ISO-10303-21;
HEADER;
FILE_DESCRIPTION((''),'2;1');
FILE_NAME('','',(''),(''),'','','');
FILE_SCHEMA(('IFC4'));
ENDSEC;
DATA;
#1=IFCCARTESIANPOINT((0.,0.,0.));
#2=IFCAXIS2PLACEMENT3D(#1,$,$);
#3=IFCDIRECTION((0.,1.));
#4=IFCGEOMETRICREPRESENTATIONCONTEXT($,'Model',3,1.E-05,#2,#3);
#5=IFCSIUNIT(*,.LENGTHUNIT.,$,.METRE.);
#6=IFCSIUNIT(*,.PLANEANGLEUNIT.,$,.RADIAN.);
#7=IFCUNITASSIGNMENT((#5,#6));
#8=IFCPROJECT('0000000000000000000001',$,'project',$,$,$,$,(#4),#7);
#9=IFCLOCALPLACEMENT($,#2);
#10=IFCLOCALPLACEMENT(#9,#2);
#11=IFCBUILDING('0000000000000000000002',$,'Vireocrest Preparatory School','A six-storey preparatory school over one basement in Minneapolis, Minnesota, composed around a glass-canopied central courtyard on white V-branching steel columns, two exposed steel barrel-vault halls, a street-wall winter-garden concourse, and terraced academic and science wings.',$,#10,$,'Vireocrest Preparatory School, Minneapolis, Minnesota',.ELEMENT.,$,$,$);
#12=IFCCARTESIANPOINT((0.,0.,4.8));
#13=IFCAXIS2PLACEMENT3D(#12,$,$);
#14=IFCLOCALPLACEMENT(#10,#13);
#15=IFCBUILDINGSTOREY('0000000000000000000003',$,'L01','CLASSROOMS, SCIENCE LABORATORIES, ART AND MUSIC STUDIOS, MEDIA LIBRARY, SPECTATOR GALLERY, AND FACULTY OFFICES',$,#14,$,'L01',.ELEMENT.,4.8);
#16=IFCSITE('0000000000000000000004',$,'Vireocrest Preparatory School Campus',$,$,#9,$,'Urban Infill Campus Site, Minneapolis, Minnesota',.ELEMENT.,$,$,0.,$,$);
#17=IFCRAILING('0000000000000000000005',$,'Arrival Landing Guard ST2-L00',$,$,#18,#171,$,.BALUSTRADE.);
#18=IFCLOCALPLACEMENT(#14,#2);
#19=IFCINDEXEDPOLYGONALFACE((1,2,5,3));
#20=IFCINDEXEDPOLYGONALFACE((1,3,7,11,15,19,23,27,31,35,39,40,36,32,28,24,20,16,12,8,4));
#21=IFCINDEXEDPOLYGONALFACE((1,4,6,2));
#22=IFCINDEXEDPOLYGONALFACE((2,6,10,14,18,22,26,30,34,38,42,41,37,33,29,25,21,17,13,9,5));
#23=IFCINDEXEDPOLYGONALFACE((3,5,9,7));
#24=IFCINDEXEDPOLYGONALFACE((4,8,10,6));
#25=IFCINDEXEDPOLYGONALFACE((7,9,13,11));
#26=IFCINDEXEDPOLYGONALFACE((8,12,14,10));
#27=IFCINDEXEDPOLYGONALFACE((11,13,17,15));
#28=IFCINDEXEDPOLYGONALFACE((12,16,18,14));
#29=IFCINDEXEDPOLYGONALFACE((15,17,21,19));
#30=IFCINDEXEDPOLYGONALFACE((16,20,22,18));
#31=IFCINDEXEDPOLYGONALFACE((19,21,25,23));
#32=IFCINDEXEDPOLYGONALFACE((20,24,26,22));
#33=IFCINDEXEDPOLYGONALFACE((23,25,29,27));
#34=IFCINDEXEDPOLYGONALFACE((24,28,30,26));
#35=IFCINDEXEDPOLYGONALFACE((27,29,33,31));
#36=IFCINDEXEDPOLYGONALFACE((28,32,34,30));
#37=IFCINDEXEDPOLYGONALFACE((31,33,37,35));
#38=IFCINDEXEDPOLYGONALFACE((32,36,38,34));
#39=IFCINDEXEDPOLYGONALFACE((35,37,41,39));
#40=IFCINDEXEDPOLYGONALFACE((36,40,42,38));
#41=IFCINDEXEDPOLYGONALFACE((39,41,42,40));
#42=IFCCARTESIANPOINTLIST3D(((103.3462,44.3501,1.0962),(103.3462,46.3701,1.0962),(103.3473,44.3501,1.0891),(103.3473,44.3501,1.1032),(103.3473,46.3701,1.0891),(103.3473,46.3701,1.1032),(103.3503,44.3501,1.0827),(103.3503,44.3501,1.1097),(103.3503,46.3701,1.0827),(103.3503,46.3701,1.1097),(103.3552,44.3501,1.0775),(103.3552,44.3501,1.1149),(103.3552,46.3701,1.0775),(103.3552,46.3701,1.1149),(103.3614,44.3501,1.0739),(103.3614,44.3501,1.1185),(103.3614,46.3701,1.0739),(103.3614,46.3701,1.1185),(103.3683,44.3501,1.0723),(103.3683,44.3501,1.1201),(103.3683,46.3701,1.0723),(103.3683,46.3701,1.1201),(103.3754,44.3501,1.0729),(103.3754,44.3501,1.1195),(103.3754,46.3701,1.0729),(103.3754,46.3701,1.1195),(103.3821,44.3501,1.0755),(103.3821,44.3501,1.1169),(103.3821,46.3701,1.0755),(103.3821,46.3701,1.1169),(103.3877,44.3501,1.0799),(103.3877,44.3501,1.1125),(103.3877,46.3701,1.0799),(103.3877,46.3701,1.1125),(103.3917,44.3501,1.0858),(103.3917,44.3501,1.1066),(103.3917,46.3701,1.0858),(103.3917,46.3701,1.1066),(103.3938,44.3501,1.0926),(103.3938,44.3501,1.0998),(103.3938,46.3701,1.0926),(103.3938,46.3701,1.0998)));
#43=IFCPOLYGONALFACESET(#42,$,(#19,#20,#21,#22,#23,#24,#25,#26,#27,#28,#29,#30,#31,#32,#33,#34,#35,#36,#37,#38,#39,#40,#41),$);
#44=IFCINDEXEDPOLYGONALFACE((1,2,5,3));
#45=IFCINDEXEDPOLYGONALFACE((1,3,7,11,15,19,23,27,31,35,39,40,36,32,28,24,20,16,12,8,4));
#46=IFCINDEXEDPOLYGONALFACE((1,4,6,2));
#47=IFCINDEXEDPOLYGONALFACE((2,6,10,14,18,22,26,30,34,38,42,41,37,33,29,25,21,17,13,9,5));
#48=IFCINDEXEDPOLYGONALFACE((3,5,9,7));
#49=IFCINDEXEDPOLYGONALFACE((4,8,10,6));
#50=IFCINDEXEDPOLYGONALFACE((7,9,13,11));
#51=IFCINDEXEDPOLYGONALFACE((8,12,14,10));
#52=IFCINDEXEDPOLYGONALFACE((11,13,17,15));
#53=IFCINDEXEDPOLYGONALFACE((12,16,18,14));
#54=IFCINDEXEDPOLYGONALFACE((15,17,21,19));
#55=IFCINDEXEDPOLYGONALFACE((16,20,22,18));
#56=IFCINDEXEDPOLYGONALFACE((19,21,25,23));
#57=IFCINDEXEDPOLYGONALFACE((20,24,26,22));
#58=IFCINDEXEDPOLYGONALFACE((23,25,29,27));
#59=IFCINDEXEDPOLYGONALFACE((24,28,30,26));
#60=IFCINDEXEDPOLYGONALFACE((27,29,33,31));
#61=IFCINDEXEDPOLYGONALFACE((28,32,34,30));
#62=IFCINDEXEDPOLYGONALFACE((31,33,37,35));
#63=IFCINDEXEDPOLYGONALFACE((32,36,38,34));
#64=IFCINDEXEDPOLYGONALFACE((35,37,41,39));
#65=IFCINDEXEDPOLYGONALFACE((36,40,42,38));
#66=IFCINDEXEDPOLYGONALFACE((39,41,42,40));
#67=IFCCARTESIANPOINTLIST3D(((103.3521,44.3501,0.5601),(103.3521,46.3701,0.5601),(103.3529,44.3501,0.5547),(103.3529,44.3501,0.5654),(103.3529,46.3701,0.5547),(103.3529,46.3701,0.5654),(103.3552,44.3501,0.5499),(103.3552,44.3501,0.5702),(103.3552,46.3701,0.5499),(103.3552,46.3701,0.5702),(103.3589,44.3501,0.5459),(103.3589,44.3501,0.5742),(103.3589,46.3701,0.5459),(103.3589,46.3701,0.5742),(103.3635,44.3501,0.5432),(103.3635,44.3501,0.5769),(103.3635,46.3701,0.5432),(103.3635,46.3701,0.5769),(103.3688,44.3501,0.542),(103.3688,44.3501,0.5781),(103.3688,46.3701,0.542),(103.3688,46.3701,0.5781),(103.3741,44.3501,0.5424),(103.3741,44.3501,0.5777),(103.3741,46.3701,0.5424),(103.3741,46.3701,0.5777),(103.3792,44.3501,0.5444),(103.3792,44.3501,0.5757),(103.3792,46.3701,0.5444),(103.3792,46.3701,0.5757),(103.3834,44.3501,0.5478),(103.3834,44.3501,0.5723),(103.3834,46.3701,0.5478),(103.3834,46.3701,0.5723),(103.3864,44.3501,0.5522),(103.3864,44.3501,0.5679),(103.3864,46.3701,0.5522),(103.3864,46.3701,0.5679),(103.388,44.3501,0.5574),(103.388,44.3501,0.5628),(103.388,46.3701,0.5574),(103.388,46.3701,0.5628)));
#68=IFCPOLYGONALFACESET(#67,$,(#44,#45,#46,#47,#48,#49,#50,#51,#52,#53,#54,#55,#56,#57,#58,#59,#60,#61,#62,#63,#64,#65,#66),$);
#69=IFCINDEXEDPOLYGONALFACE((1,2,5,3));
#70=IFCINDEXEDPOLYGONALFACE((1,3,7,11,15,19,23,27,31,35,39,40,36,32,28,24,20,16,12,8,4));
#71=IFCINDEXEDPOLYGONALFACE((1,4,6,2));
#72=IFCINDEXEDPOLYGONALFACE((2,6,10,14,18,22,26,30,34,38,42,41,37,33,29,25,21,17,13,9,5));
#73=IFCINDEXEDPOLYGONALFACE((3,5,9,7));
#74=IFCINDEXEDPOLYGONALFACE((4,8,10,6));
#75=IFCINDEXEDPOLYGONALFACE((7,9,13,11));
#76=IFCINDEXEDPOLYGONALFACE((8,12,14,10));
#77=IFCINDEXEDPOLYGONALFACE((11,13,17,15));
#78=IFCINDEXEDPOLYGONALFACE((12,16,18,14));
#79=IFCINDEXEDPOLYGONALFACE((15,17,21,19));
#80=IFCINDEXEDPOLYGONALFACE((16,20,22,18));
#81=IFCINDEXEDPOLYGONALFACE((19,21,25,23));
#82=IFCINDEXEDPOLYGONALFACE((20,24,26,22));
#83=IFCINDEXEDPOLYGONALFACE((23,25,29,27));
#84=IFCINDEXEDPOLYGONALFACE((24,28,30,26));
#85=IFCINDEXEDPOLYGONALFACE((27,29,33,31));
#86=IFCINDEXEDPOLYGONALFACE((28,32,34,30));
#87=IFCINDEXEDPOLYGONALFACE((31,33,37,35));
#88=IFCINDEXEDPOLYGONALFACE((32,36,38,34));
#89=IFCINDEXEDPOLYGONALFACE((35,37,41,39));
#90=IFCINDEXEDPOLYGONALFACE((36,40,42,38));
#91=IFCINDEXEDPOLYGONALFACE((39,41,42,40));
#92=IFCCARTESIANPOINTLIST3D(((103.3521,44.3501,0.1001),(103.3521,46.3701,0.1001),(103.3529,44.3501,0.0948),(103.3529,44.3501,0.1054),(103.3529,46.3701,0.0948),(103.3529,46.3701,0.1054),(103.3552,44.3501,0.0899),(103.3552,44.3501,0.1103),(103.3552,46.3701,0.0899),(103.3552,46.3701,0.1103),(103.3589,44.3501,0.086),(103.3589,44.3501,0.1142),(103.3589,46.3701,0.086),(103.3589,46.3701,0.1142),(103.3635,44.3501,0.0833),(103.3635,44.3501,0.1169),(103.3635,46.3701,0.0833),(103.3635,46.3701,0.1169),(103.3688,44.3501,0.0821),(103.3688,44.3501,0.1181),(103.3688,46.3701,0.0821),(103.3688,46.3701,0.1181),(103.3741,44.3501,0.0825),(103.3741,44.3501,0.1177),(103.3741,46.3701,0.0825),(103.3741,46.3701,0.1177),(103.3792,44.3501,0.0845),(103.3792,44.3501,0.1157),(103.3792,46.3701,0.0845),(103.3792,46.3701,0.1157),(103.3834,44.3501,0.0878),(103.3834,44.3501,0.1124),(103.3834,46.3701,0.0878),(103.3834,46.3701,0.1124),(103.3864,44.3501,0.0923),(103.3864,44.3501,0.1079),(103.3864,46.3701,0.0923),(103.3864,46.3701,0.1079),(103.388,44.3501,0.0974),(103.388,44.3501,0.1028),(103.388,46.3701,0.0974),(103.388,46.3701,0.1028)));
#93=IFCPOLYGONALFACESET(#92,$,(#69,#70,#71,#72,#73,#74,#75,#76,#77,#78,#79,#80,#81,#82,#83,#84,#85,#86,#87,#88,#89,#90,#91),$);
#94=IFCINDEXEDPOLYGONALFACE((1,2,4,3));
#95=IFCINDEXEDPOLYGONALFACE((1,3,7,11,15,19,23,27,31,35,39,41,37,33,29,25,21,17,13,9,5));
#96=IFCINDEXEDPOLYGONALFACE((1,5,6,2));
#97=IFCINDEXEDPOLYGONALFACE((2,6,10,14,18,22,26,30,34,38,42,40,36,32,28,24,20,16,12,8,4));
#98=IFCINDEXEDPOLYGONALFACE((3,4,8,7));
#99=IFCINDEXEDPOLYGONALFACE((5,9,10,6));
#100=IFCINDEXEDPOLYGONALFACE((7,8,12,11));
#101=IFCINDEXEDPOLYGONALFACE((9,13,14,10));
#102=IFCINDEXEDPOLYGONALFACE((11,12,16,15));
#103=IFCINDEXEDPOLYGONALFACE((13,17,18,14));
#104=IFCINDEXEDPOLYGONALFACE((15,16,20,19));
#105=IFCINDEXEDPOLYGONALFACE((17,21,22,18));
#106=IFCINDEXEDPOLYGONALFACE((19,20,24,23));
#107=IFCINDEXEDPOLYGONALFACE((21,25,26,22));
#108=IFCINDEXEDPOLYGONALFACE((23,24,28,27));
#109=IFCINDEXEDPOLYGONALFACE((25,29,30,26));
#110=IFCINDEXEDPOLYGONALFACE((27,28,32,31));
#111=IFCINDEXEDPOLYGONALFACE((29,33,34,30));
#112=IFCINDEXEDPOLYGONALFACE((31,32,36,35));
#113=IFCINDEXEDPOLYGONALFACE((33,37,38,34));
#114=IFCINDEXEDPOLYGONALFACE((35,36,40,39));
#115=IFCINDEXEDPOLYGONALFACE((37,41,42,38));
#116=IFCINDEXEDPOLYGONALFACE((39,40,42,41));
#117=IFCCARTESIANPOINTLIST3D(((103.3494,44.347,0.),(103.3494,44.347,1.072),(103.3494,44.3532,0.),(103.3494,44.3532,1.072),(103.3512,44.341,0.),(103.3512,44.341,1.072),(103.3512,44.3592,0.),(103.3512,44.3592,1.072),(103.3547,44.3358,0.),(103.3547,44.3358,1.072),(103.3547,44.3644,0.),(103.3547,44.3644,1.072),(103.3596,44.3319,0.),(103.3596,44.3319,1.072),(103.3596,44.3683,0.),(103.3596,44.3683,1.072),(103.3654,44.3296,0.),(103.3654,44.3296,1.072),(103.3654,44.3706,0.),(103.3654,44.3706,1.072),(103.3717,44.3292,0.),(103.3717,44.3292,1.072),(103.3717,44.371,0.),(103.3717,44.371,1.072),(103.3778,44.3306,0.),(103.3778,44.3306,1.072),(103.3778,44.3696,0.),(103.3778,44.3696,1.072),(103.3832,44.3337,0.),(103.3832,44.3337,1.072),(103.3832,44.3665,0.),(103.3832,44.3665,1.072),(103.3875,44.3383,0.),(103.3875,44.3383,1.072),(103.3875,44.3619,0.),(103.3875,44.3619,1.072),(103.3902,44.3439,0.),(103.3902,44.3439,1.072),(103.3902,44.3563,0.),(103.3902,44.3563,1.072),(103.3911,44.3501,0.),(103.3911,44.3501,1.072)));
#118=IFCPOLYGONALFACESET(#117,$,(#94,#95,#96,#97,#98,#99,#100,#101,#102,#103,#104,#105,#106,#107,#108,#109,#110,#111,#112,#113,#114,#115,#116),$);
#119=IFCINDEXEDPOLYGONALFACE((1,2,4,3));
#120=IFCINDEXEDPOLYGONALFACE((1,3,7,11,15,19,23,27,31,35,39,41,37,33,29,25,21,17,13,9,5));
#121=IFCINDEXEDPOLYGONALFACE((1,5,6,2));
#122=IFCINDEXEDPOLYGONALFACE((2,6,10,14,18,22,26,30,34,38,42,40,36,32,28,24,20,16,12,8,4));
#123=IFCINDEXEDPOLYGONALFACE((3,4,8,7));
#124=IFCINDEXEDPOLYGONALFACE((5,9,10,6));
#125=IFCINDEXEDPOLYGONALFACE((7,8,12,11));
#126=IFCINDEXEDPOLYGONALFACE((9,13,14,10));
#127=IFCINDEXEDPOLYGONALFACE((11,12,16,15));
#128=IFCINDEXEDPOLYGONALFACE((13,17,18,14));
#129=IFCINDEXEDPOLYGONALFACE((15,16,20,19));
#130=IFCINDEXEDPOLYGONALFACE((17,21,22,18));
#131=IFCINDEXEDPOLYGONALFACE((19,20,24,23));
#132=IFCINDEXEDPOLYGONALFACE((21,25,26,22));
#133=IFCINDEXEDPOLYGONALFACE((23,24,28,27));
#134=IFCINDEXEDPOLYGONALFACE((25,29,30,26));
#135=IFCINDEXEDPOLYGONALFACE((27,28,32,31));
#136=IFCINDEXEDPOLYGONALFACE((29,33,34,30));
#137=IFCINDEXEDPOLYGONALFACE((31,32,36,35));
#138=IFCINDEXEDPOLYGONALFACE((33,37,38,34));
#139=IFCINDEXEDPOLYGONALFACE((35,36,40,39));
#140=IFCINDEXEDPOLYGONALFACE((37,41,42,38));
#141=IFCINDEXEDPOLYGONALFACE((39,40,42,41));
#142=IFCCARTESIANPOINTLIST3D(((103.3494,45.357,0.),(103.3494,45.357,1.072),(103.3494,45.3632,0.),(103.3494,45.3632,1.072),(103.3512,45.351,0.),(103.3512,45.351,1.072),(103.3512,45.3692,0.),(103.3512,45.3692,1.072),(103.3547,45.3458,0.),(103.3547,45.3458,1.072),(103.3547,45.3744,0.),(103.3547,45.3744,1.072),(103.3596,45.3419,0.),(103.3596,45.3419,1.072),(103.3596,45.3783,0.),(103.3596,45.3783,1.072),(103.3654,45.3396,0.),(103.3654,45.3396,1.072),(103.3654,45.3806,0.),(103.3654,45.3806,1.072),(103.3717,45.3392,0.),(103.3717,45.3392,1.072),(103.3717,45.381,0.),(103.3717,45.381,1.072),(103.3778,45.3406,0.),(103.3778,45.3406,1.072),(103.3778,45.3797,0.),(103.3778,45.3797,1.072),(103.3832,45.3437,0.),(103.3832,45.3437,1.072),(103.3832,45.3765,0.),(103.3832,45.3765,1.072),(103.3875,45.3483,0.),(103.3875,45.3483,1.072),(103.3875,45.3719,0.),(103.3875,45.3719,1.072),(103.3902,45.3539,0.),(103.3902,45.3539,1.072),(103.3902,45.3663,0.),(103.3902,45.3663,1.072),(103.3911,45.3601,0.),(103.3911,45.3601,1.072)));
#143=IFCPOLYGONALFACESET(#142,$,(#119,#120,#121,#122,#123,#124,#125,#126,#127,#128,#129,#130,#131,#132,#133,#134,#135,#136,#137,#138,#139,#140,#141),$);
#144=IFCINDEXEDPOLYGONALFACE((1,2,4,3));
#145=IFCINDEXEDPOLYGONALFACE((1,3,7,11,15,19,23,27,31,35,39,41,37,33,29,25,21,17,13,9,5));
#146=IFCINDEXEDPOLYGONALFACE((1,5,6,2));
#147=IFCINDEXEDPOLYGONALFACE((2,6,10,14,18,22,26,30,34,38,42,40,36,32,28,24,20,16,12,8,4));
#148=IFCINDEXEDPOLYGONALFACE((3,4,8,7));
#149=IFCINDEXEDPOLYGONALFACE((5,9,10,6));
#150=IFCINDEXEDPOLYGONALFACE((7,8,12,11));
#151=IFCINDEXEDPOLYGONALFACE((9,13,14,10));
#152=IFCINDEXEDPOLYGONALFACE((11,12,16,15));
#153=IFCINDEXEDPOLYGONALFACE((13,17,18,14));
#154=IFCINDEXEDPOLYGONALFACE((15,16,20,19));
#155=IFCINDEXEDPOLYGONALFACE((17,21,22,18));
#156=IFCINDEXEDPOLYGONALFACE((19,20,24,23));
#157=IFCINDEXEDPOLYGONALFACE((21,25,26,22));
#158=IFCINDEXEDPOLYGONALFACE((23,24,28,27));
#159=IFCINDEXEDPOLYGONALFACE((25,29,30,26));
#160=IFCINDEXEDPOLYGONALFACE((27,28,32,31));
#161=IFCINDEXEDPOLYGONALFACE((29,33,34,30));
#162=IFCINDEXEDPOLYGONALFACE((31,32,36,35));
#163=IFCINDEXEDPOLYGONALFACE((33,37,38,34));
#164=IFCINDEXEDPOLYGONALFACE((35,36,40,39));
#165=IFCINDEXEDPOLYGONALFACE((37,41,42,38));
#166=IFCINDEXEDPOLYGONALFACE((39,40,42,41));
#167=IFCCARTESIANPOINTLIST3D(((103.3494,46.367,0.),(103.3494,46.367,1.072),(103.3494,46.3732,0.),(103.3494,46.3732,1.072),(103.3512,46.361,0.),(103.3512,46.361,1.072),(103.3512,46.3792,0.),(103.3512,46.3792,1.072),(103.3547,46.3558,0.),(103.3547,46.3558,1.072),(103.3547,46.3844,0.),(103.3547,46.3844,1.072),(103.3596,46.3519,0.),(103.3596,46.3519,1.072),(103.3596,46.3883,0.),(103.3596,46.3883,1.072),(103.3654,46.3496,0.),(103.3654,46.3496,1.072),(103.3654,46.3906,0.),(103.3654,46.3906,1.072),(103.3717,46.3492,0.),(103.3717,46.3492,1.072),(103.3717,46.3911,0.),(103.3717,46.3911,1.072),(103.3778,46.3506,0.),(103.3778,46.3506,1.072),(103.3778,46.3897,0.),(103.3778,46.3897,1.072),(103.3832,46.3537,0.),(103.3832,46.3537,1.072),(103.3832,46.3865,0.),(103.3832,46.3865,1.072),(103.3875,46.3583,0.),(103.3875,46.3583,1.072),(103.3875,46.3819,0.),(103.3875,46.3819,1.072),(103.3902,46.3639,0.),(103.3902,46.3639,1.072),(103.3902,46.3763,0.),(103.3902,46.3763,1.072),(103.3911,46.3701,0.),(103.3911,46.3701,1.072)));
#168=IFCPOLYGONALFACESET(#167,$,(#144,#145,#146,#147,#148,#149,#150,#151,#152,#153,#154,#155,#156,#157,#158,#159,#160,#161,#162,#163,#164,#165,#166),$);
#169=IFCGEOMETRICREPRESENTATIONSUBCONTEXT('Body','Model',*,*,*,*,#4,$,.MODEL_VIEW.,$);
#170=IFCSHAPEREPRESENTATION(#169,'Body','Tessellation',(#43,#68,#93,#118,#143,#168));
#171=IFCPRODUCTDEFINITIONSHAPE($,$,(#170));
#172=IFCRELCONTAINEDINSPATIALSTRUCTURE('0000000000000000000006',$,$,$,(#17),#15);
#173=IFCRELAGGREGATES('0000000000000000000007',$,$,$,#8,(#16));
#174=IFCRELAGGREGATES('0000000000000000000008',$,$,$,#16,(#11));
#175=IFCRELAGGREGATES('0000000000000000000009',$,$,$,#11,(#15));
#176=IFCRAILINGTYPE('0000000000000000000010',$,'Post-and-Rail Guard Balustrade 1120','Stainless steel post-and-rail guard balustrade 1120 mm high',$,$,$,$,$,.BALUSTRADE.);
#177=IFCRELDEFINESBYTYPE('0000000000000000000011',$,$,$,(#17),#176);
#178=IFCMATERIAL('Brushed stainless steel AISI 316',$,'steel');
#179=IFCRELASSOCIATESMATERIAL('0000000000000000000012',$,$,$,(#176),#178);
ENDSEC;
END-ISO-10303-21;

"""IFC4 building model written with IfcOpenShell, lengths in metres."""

from ifc_helpers import new_model, si_unit, direction, frame, origin, origin_2d, place, context, subcontext, project, spatial, circle, extrude, material, type_object, element, save


model = new_model("IFC4")

# Units and contexts
model_context = context("Model", 3, precision=1e-05, world=origin(), true_north=direction((0.0, 1.0)))
body_context = subcontext(model_context, "Body", "Model", "MODEL_VIEW")
ifc_project = project(units=[si_unit("LENGTHUNIT", "METRE"), si_unit("PLANEANGLEUNIT", "RADIAN")], contexts=[model_context])

# Site, building, storey
site_placement = place(None, origin())
site = spatial("IfcSite", under=ifc_project, at=site_placement, Name="Vireocrest Preparatory School Campus", LongName="Urban Infill Campus Site, Minneapolis, Minnesota", CompositionType="ELEMENT", RefElevation=0.0)
building_placement = place(site_placement, origin())
building = spatial("IfcBuilding", under=site, at=building_placement, Name="Vireocrest Preparatory School", Description="A six-storey preparatory school over one basement in Minneapolis, Minnesota, composed around a glass-canopied central courtyard on white V-branching steel columns, two exposed steel barrel-vault halls, a street-wall winter-garden concourse, and terraced academic and science wings.", LongName="Vireocrest Preparatory School, Minneapolis, Minnesota", CompositionType="ELEMENT")
storey_placement = place(building_placement, frame((0.0, 0.0, 4.8)))
storey = spatial("IfcBuildingStorey", under=building, at=storey_placement, Name="L01", Description="CLASSROOMS, SCIENCE LABORATORIES, ART AND MUSIC STUDIOS, MEDIA LIBRARY, SPECTATOR GALLERY, AND FACULTY OFFICES", LongName="L01", CompositionType="ELEMENT", Elevation=4.8)

# Railing
ifc_material_1 = material(Name="Brushed stainless steel AISI 316", Category="steel")
railing_type_1 = type_object("IfcRailingType", Name="Post-and-Rail Guard Balustrade 1120", Description="Stainless steel post-and-rail guard balustrade 1120 mm high", PredefinedType="BALUSTRADE", material=ifc_material_1)
railing_1_placement = place(storey_placement, frame((103.3701, 44.3501, 0.0)))
element("IfcRailing", 1, at=railing_1_placement, inside=storey, type_object=railing_type_1, Name="Arrival Landing Guard ST2-L00", PredefinedType="BALUSTRADE", context=body_context, shape_type="SweptSolid", body=[
    extrude(circle(Radius=0.0239, at=origin_2d()), frame((0.0, 0.0, 1.0962), z_axis=(0.0, 1.0, 0.0), x_axis=(-1.0, 0.0, 0.0)), (0.0, 0.0, 1.0), 2.02),
    extrude(circle(Radius=0.0181, at=origin_2d()), frame((0.0, 0.0, 0.5601), z_axis=(0.0, 1.0, 0.0), x_axis=(-1.0, 0.0, 0.0)), (0.0, 0.0, 1.0), 2.02),
    extrude(circle(Radius=0.0181, at=origin_2d()), frame((0.0, 0.0, 0.1001), z_axis=(0.0, 1.0, 0.0), x_axis=(-1.0, 0.0, 0.0)), (0.0, 0.0, 1.0), 2.02),
    extrude(circle(Radius=0.021, at=origin_2d()), origin(), (0.0, 0.0, 1.0), 1.072),
    extrude(circle(Radius=0.021, at=origin_2d()), frame((0.0, 1.01, 0.0)), (0.0, 0.0, 1.0), 1.072),
    extrude(circle(Radius=0.021, at=origin_2d()), frame((0.0, 2.02, 0.0)), (0.0, 0.0, 1.0), 1.072),
])

save(model, "model.ifc")
